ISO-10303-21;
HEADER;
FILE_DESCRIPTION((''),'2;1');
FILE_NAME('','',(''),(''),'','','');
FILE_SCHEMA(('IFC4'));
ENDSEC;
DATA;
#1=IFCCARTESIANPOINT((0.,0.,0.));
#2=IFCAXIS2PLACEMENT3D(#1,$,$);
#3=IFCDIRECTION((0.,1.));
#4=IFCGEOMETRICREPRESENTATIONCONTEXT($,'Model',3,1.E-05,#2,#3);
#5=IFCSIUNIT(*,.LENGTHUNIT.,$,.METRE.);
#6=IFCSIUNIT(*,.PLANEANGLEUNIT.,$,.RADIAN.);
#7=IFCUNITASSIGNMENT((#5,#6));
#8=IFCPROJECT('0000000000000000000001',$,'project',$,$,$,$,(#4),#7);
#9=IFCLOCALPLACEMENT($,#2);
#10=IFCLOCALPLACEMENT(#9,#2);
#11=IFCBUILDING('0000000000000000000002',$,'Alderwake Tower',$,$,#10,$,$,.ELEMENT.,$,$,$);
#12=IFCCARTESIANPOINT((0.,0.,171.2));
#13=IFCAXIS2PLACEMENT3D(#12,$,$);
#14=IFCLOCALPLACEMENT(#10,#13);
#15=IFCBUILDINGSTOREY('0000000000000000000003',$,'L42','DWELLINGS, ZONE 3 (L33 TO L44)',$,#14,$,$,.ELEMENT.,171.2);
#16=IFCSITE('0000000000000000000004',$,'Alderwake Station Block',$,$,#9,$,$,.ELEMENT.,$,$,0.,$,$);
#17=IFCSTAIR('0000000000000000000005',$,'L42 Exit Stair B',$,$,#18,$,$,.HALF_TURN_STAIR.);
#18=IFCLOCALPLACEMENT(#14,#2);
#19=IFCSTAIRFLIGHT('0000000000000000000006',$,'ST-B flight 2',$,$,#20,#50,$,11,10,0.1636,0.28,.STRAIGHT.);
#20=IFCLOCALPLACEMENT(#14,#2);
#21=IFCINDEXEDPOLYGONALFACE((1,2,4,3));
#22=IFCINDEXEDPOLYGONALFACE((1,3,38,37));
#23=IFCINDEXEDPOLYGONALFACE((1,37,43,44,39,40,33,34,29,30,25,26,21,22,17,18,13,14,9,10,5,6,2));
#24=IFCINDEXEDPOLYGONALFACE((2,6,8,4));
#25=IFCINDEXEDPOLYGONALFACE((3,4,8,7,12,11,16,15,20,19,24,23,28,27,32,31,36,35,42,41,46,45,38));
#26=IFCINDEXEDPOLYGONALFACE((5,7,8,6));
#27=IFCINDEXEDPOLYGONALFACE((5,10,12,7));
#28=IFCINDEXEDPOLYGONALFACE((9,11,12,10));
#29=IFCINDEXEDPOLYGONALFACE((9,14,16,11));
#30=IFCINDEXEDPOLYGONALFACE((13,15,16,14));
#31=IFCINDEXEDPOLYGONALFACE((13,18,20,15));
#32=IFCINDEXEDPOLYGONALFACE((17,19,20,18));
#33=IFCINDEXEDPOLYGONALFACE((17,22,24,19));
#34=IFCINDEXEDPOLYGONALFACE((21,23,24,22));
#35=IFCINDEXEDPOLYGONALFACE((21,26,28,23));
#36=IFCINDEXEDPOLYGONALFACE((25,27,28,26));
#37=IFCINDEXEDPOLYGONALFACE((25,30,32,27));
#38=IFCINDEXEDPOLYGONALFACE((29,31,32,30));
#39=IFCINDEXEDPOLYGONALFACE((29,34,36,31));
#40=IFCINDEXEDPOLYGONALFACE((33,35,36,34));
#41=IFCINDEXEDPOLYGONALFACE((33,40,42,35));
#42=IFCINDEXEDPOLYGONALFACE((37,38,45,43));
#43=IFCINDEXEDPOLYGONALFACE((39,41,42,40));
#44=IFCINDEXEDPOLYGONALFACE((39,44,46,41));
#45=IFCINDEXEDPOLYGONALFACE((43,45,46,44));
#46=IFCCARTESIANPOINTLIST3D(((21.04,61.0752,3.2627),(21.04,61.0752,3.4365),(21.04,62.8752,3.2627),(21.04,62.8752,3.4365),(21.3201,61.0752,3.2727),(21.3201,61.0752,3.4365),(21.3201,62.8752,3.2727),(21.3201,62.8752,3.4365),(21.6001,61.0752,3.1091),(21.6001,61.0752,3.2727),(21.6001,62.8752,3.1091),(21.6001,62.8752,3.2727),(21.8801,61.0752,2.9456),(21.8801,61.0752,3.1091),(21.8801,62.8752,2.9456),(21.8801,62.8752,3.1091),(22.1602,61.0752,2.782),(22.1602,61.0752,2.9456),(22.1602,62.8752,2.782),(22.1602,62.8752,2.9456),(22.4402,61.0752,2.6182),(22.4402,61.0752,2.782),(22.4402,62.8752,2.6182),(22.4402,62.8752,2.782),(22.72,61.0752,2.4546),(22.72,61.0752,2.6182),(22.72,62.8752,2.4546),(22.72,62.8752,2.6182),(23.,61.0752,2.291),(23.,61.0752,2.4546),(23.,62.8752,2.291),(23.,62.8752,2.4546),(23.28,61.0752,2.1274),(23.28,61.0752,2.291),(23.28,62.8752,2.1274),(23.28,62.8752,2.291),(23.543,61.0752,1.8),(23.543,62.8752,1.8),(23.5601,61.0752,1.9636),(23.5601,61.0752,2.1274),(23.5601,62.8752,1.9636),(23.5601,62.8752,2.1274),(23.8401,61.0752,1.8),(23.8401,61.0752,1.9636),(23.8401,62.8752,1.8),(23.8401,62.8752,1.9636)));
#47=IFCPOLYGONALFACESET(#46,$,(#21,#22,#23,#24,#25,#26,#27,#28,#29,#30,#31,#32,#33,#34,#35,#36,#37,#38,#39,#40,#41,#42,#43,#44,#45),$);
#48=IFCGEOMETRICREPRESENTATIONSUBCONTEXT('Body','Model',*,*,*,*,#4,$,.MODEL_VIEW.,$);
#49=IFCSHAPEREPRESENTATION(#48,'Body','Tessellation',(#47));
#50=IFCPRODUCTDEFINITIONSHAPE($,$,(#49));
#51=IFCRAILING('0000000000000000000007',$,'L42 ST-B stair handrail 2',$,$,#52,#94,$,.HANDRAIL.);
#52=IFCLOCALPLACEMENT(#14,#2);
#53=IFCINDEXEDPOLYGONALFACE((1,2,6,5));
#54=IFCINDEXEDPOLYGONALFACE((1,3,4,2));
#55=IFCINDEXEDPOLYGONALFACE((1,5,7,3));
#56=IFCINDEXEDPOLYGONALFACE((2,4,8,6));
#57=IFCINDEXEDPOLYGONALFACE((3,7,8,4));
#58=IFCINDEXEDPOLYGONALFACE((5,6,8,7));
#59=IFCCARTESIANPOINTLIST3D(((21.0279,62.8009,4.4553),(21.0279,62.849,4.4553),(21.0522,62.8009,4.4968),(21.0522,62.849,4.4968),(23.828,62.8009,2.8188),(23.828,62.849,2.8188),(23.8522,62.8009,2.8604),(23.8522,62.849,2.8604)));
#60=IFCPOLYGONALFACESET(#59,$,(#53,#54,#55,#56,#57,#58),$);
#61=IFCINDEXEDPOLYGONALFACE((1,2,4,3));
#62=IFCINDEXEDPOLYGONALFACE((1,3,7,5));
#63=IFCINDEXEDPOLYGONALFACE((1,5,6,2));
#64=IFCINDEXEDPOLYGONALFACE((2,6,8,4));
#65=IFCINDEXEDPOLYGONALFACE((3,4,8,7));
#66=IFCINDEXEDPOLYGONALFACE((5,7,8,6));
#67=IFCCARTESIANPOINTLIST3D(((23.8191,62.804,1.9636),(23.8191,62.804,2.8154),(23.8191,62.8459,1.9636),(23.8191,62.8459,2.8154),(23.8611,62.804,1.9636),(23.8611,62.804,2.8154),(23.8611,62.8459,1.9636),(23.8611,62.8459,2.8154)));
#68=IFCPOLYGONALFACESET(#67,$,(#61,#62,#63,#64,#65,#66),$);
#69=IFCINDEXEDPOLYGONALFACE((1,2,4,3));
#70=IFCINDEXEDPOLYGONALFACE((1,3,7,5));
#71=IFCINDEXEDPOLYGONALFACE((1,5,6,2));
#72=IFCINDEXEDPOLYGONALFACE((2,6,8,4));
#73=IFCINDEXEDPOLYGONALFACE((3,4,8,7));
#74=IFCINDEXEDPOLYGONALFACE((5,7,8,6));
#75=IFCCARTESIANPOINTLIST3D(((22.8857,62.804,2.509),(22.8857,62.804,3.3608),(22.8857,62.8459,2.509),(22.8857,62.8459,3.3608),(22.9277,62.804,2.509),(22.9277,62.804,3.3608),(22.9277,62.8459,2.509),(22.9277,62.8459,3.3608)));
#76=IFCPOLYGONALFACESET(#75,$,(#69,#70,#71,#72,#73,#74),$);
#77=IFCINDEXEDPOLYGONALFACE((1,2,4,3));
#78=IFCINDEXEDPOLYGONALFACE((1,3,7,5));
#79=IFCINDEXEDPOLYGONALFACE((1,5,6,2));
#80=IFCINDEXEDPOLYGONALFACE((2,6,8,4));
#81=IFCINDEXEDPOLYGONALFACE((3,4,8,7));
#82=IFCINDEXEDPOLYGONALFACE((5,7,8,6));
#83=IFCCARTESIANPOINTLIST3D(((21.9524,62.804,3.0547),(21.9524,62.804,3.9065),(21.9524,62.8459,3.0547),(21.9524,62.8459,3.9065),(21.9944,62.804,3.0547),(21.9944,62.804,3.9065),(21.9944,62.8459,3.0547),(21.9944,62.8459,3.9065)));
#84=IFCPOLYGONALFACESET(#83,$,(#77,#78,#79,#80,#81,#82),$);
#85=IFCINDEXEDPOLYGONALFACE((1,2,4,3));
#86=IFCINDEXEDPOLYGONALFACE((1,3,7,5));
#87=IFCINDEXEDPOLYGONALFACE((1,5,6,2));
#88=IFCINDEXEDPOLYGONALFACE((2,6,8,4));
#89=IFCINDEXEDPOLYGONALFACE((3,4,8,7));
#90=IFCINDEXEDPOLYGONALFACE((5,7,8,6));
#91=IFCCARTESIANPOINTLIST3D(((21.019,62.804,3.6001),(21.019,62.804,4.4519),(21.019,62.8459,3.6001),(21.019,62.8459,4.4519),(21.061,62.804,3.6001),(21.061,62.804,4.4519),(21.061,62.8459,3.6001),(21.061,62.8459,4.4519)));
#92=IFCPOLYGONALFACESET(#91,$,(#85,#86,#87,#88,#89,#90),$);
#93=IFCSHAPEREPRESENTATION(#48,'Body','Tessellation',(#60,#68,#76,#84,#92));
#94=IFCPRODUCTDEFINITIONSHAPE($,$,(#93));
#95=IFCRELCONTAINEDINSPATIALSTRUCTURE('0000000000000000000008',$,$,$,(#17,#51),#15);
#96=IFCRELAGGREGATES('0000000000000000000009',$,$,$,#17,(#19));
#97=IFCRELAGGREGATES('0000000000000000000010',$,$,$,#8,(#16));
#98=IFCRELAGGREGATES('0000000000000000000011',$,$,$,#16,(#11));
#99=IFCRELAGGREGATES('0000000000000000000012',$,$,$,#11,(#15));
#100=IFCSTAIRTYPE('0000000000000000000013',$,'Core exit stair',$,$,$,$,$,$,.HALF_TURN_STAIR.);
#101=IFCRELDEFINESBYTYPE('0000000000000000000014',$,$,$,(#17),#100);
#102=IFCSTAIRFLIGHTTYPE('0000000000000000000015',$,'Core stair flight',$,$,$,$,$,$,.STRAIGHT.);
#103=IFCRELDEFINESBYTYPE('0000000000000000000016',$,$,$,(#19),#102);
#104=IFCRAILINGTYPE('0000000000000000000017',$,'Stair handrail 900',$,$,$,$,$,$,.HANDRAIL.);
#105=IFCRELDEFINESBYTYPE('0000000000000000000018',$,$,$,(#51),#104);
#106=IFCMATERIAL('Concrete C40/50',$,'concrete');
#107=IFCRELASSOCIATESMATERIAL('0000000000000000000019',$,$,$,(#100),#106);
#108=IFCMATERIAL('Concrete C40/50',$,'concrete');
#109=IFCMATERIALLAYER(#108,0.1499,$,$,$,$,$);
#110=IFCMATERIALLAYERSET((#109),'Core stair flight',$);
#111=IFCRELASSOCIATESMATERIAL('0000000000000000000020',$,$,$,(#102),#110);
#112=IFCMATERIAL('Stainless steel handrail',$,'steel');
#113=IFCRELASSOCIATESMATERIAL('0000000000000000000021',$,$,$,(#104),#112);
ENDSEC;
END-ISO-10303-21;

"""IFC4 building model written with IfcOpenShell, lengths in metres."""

from ifc_helpers import new_model, si_unit, direction, frame, origin, origin_2d, place, context, subcontext, project, spatial, polyline, rectangle, outline, extrude, material, layer, layer_set, type_object, element, aggregate, save


model = new_model("IFC4")

# Units and contexts
model_context = context("Model", 3, precision=1e-05, world=origin(), true_north=direction((0.0, 1.0)))
body_context = subcontext(model_context, "Body", "Model", "MODEL_VIEW")
ifc_project = project(units=[si_unit("LENGTHUNIT", "METRE"), si_unit("PLANEANGLEUNIT", "RADIAN")], contexts=[model_context])

# Site, building, storey
site_placement = place(None, origin())
site = spatial("IfcSite", under=ifc_project, at=site_placement, Name="Alderwake Station Block", CompositionType="ELEMENT", RefElevation=0.0)
building_placement = place(site_placement, origin())
building = spatial("IfcBuilding", under=site, at=building_placement, Name="Alderwake Tower", CompositionType="ELEMENT")
storey_placement = place(building_placement, frame((0.0, 0.0, 171.2)))
storey = spatial("IfcBuildingStorey", under=building, at=storey_placement, Name="L42", Description="DWELLINGS, ZONE 3 (L33 TO L44)", CompositionType="ELEMENT", Elevation=171.2)

# Stair, stair flight
ifc_material_1 = material(Name="Concrete C40/50", Category="concrete")
stair_type = type_object("IfcStairType", Name="Core exit stair", PredefinedType="HALF_TURN_STAIR", material=ifc_material_1)
stair_placement = place(storey_placement, origin())
stair = element("IfcStair", 1, at=stair_placement, inside=storey, type_object=stair_type, Name="L42 Exit Stair B", PredefinedType="HALF_TURN_STAIR")
ifc_material_2 = material(Name="Concrete C40/50", Category="concrete")
ifc_layer_1 = layer(ifc_material_2, 0.1499)
ifc_layer_set_1 = layer_set([ifc_layer_1], Name="Core stair flight")
stair_flight_type = type_object("IfcStairFlightType", Name="Core stair flight", PredefinedType="STRAIGHT", material=ifc_layer_set_1)
stair_flight_placement = place(storey_placement, frame((23.8401, 61.9751, 1.8), z_axis=(0.0, 0.0, 1.0), x_axis=(-1.0, 0.0, 0.0)))
stair_flight = element("IfcStairFlight", 2, at=stair_flight_placement, type_object=stair_flight_type, Name="ST-B flight 2", NumberOfRisers=11, NumberOfTreads=10, PredefinedType="STRAIGHT", RiserHeight=0.1636, TreadLength=0.28, context=body_context, shape_type="SweptSolid", body=[
    extrude(outline(polyline([(0.0, 0.0), (0.0, 0.1636), (0.28, 0.1636), (0.28, 0.3274), (0.5601, 0.3274), (0.5601, 0.491), (0.8401, 0.491), (0.8401, 0.6545), (1.1201, 0.6545), (1.1201, 0.8181), (1.3999, 0.8181), (1.3999, 0.9819), (1.6799, 0.9819), (1.6799, 1.1455), (1.96, 1.1455), (1.96, 1.3091), (2.24, 1.3091), (2.24, 1.4727), (2.52, 1.4727), (2.52, 1.6365), (2.8, 1.6365), (2.8, 1.8), (2.8, 1.4626), (0.2971, 0.0), (0.0, 0.0)])), frame((0.0, 0.8999, 0.0), z_axis=(0.0, -1.0, 0.0), x_axis=(1.0, 0.0, 0.0)), (0.0, 0.0, 1.0), 1.8),
])
aggregate(stair, [stair_flight])

# Railing
ifc_material_3 = material(Name="Stainless steel handrail", Category="steel")
railing_type = type_object("IfcRailingType", Name="Stair handrail 900", PredefinedType="HANDRAIL", material=ifc_material_3)
railing_placement = place(storey_placement, frame((23.8401, 62.825, 1.9636)))
element("IfcRailing", 3, at=railing_placement, inside=storey, type_object=railing_type, Name="L42 ST-B stair handrail 2", PredefinedType="HANDRAIL", context=body_context, shape_type="SweptSolid", body=[
    extrude(rectangle(XDim=0.0481, YDim=0.0481, at=origin_2d()), frame((0.0, 0.0, 0.876), z_axis=(-0.863361, 0.0, 0.504587), x_axis=(0.0, -1.0, 0.0)), (0.0, 0.0, 1.0), 3.2432),
    extrude(rectangle(XDim=0.042, YDim=0.042, at=origin_2d()), frame((0.0, 0.0, 0.0), z_axis=(0.0, 0.0, 1.0), x_axis=(-1.0, 0.0, 0.0)), (0.0, 0.0, 1.0), 0.8518),
    extrude(rectangle(XDim=0.042, YDim=0.042, at=origin_2d()), frame((-0.9333, 0.0, 0.5454), z_axis=(0.0, 0.0, 1.0), x_axis=(-1.0, 0.0, 0.0)), (0.0, 0.0, 1.0), 0.8518),
    extrude(rectangle(XDim=0.042, YDim=0.042, at=origin_2d()), frame((-1.8667, 0.0, 1.0911), z_axis=(0.0, 0.0, 1.0), x_axis=(-1.0, 0.0, 0.0)), (0.0, 0.0, 1.0), 0.8518),
    extrude(rectangle(XDim=0.042, YDim=0.042, at=origin_2d()), frame((-2.8, 0.0, 1.6365), z_axis=(0.0, 0.0, 1.0), x_axis=(-1.0, 0.0, 0.0)), (0.0, 0.0, 1.0), 0.8518),
])

save(model, "model.ifc")
